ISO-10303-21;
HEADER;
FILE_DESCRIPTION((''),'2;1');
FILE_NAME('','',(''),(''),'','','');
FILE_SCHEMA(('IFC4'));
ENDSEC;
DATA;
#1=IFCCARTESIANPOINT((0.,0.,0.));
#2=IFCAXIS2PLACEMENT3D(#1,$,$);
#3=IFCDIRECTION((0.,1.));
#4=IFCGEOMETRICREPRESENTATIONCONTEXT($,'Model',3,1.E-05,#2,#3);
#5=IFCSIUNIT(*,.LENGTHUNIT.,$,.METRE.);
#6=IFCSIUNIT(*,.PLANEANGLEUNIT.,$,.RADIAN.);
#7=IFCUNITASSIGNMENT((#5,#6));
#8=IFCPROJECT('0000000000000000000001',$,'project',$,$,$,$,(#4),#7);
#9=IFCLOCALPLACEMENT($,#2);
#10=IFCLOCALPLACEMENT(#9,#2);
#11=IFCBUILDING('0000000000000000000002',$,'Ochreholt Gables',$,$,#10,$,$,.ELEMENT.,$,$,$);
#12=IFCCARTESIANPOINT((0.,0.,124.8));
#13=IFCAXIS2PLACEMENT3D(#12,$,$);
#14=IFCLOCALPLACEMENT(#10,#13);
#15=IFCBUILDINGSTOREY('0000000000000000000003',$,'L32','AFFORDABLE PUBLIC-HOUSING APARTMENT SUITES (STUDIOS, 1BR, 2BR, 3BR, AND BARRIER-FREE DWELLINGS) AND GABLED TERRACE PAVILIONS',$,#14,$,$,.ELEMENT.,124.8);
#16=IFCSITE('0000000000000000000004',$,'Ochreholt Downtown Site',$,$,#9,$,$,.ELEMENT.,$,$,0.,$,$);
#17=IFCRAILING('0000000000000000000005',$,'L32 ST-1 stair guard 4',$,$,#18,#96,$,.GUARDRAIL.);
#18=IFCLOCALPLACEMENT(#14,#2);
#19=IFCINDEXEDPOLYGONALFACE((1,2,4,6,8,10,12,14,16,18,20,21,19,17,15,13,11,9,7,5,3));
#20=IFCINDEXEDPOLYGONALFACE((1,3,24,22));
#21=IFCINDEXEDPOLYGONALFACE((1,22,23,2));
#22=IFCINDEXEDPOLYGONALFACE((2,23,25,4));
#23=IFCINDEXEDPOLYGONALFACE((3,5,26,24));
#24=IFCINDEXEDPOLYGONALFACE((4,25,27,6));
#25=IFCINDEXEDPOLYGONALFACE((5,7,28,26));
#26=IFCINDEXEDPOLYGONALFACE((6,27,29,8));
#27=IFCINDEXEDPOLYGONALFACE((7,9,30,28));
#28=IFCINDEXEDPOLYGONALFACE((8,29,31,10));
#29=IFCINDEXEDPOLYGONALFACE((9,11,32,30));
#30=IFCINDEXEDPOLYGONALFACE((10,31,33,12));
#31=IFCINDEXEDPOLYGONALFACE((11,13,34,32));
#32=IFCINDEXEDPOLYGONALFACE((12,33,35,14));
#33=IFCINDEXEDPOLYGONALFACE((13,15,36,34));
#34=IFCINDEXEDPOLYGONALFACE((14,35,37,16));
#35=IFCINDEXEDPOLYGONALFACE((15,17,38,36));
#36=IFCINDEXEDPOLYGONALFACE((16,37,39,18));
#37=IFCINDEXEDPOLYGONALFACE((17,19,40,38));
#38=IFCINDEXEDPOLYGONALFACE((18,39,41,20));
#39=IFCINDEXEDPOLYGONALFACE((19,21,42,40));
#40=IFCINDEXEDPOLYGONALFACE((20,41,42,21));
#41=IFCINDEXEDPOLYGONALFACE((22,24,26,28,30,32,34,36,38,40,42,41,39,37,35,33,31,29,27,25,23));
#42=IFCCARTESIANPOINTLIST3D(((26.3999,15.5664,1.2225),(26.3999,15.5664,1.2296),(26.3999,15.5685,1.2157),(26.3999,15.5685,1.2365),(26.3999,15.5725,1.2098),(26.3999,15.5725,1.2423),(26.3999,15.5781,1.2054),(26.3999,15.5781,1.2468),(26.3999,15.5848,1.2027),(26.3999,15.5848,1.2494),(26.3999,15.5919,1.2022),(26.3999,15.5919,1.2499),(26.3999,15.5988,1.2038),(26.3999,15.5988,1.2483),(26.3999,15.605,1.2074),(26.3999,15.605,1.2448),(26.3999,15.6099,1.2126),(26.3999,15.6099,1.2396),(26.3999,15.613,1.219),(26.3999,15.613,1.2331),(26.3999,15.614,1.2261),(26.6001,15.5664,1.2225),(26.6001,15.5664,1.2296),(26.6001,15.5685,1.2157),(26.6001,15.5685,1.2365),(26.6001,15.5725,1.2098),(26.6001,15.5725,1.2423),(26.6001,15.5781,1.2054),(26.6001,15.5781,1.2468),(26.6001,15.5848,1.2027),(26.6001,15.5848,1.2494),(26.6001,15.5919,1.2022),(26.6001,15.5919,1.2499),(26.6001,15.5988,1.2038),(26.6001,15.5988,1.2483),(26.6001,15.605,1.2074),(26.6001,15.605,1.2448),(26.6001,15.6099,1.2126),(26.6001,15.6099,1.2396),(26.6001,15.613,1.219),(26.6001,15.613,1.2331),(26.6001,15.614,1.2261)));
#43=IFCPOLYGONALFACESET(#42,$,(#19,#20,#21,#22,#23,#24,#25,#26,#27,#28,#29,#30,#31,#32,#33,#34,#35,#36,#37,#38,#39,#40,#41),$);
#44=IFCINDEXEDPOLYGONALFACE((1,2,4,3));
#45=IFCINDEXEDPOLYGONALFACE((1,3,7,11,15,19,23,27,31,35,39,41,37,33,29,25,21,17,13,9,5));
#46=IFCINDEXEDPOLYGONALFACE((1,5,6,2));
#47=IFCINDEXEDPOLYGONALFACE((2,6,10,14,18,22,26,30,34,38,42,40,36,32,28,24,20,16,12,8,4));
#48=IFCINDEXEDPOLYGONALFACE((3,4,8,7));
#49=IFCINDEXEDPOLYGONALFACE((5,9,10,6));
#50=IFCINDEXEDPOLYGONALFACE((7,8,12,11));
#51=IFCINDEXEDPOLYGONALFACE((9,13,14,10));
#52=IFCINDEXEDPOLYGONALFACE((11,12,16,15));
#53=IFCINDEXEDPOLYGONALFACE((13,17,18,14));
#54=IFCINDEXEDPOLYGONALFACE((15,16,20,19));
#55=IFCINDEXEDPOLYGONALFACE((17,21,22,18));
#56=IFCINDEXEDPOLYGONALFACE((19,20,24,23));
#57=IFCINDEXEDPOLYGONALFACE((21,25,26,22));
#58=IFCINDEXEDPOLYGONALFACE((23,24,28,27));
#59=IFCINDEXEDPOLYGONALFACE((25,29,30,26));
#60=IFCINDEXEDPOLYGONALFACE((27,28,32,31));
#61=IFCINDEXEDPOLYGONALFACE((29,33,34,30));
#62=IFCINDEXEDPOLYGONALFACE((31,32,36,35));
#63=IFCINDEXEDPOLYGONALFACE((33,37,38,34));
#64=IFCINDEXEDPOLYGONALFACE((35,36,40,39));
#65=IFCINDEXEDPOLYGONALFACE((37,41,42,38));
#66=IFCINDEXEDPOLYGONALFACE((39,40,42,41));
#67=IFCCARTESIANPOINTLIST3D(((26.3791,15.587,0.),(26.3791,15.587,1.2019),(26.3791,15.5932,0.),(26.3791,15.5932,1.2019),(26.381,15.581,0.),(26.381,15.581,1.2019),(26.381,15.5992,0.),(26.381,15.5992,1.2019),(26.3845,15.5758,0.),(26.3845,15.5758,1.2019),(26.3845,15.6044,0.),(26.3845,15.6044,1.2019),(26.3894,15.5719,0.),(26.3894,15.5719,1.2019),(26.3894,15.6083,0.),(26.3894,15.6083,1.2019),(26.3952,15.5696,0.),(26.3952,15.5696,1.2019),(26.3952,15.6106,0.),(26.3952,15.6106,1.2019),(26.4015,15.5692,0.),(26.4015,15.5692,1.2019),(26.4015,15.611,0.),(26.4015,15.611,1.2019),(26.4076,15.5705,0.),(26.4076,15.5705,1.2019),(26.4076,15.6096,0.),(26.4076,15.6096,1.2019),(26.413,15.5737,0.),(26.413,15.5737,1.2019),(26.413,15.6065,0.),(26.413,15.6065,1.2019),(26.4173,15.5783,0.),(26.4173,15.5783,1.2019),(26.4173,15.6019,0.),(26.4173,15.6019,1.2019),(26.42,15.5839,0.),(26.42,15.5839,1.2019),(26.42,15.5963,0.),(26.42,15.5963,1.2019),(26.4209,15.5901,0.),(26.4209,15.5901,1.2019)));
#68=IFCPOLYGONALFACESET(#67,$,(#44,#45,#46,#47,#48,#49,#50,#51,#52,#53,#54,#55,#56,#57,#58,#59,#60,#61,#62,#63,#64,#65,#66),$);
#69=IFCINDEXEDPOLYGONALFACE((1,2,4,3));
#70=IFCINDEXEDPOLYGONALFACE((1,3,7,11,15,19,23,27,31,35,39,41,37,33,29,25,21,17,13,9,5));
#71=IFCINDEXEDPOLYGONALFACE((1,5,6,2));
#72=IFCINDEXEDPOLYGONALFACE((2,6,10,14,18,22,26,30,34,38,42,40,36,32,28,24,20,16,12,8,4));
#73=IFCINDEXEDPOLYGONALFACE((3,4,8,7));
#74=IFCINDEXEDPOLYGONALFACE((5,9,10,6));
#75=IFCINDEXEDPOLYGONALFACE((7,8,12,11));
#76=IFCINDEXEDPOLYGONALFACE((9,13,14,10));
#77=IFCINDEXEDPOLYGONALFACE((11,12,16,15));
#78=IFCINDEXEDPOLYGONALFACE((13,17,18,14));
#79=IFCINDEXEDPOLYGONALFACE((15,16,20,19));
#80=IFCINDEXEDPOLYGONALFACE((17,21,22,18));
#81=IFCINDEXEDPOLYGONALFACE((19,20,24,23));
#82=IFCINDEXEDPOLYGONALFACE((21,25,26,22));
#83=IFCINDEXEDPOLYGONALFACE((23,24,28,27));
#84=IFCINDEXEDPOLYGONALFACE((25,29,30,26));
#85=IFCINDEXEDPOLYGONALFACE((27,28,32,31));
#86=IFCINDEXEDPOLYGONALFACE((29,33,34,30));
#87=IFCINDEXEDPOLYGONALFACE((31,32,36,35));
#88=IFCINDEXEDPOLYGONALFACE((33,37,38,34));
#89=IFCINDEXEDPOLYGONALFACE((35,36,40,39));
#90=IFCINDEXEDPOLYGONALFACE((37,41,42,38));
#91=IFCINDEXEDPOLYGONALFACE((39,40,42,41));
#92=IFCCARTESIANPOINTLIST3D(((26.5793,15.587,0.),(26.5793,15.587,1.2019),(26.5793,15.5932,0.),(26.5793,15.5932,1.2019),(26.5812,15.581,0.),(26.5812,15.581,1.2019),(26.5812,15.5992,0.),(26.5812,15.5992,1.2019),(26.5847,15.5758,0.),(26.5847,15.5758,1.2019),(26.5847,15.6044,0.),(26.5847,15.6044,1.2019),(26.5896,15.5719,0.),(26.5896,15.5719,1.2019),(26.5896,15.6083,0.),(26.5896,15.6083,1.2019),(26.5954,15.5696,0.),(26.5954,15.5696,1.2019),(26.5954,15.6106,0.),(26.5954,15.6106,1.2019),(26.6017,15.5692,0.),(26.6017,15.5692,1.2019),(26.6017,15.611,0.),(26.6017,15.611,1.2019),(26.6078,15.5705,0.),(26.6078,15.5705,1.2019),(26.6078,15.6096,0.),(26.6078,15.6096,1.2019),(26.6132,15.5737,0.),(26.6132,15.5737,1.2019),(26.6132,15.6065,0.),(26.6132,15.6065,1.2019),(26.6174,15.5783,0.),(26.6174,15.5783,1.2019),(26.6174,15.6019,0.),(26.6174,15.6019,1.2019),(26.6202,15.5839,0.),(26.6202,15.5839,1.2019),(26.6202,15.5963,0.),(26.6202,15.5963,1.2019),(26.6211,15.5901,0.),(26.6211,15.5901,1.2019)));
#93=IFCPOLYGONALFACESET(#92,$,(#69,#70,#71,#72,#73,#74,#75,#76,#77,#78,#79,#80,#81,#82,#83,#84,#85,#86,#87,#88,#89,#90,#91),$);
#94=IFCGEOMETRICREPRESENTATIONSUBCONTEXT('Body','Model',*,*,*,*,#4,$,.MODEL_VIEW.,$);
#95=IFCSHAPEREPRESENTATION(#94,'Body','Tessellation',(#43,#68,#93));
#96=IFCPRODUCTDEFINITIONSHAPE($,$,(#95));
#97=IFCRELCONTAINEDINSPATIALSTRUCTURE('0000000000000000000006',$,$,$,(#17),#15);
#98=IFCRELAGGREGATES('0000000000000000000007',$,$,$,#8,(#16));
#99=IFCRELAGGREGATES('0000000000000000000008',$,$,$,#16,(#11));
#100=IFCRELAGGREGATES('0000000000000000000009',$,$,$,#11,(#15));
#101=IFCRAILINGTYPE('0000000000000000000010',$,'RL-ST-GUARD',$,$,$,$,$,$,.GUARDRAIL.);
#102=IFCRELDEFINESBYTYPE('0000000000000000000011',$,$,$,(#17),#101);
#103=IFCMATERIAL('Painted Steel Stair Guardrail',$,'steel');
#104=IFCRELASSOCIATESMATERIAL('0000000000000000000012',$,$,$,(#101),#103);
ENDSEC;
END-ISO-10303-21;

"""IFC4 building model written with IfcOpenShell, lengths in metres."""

from ifc_helpers import new_model, si_unit, direction, frame, origin, origin_2d, place, context, subcontext, project, spatial, circle, extrude, material, type_object, element, save


model = new_model("IFC4")

# Units and contexts
model_context = context("Model", 3, precision=1e-05, world=origin(), true_north=direction((0.0, 1.0)))
body_context = subcontext(model_context, "Body", "Model", "MODEL_VIEW")
ifc_project = project(units=[si_unit("LENGTHUNIT", "METRE"), si_unit("PLANEANGLEUNIT", "RADIAN")], contexts=[model_context])

# Site, building, storey
site_placement = place(None, origin())
site = spatial("IfcSite", under=ifc_project, at=site_placement, Name="Ochreholt Downtown Site", CompositionType="ELEMENT", RefElevation=0.0)
building_placement = place(site_placement, origin())
building = spatial("IfcBuilding", under=site, at=building_placement, Name="Ochreholt Gables", CompositionType="ELEMENT")
storey_placement = place(building_placement, frame((0.0, 0.0, 124.8)))
storey = spatial("IfcBuildingStorey", under=building, at=storey_placement, Name="L32", Description="AFFORDABLE PUBLIC-HOUSING APARTMENT SUITES (STUDIOS, 1BR, 2BR, 3BR, AND BARRIER-FREE DWELLINGS) AND GABLED TERRACE PAVILIONS", CompositionType="ELEMENT", Elevation=124.8)

# Railing
ifc_material_1 = material(Name="Painted Steel Stair Guardrail", Category="steel")
railing_type_1 = type_object("IfcRailingType", Name="RL-ST-GUARD", PredefinedType="GUARDRAIL", material=ifc_material_1)
railing_1_placement = place(storey_placement, frame((26.3999, 15.5901, 0.0)))
element("IfcRailing", 1, at=railing_1_placement, inside=storey, type_object=railing_type_1, Name="L32 ST-1 stair guard 4", PredefinedType="GUARDRAIL", context=body_context, shape_type="SweptSolid", body=[
    extrude(circle(Radius=0.0239, at=origin_2d()), frame((0.0, 0.0, 1.2261), z_axis=(1.0, 0.0, 0.0), x_axis=(0.0, 1.0, 0.0)), (0.0, 0.0, 1.0), 0.2002),
    extrude(circle(Radius=0.021, at=origin_2d()), origin(), (0.0, 0.0, 1.0), 1.2019),
    extrude(circle(Radius=0.021, at=origin_2d()), frame((0.2002, 0.0, 0.0)), (0.0, 0.0, 1.0), 1.2019),
])

save(model, "model.ifc")
